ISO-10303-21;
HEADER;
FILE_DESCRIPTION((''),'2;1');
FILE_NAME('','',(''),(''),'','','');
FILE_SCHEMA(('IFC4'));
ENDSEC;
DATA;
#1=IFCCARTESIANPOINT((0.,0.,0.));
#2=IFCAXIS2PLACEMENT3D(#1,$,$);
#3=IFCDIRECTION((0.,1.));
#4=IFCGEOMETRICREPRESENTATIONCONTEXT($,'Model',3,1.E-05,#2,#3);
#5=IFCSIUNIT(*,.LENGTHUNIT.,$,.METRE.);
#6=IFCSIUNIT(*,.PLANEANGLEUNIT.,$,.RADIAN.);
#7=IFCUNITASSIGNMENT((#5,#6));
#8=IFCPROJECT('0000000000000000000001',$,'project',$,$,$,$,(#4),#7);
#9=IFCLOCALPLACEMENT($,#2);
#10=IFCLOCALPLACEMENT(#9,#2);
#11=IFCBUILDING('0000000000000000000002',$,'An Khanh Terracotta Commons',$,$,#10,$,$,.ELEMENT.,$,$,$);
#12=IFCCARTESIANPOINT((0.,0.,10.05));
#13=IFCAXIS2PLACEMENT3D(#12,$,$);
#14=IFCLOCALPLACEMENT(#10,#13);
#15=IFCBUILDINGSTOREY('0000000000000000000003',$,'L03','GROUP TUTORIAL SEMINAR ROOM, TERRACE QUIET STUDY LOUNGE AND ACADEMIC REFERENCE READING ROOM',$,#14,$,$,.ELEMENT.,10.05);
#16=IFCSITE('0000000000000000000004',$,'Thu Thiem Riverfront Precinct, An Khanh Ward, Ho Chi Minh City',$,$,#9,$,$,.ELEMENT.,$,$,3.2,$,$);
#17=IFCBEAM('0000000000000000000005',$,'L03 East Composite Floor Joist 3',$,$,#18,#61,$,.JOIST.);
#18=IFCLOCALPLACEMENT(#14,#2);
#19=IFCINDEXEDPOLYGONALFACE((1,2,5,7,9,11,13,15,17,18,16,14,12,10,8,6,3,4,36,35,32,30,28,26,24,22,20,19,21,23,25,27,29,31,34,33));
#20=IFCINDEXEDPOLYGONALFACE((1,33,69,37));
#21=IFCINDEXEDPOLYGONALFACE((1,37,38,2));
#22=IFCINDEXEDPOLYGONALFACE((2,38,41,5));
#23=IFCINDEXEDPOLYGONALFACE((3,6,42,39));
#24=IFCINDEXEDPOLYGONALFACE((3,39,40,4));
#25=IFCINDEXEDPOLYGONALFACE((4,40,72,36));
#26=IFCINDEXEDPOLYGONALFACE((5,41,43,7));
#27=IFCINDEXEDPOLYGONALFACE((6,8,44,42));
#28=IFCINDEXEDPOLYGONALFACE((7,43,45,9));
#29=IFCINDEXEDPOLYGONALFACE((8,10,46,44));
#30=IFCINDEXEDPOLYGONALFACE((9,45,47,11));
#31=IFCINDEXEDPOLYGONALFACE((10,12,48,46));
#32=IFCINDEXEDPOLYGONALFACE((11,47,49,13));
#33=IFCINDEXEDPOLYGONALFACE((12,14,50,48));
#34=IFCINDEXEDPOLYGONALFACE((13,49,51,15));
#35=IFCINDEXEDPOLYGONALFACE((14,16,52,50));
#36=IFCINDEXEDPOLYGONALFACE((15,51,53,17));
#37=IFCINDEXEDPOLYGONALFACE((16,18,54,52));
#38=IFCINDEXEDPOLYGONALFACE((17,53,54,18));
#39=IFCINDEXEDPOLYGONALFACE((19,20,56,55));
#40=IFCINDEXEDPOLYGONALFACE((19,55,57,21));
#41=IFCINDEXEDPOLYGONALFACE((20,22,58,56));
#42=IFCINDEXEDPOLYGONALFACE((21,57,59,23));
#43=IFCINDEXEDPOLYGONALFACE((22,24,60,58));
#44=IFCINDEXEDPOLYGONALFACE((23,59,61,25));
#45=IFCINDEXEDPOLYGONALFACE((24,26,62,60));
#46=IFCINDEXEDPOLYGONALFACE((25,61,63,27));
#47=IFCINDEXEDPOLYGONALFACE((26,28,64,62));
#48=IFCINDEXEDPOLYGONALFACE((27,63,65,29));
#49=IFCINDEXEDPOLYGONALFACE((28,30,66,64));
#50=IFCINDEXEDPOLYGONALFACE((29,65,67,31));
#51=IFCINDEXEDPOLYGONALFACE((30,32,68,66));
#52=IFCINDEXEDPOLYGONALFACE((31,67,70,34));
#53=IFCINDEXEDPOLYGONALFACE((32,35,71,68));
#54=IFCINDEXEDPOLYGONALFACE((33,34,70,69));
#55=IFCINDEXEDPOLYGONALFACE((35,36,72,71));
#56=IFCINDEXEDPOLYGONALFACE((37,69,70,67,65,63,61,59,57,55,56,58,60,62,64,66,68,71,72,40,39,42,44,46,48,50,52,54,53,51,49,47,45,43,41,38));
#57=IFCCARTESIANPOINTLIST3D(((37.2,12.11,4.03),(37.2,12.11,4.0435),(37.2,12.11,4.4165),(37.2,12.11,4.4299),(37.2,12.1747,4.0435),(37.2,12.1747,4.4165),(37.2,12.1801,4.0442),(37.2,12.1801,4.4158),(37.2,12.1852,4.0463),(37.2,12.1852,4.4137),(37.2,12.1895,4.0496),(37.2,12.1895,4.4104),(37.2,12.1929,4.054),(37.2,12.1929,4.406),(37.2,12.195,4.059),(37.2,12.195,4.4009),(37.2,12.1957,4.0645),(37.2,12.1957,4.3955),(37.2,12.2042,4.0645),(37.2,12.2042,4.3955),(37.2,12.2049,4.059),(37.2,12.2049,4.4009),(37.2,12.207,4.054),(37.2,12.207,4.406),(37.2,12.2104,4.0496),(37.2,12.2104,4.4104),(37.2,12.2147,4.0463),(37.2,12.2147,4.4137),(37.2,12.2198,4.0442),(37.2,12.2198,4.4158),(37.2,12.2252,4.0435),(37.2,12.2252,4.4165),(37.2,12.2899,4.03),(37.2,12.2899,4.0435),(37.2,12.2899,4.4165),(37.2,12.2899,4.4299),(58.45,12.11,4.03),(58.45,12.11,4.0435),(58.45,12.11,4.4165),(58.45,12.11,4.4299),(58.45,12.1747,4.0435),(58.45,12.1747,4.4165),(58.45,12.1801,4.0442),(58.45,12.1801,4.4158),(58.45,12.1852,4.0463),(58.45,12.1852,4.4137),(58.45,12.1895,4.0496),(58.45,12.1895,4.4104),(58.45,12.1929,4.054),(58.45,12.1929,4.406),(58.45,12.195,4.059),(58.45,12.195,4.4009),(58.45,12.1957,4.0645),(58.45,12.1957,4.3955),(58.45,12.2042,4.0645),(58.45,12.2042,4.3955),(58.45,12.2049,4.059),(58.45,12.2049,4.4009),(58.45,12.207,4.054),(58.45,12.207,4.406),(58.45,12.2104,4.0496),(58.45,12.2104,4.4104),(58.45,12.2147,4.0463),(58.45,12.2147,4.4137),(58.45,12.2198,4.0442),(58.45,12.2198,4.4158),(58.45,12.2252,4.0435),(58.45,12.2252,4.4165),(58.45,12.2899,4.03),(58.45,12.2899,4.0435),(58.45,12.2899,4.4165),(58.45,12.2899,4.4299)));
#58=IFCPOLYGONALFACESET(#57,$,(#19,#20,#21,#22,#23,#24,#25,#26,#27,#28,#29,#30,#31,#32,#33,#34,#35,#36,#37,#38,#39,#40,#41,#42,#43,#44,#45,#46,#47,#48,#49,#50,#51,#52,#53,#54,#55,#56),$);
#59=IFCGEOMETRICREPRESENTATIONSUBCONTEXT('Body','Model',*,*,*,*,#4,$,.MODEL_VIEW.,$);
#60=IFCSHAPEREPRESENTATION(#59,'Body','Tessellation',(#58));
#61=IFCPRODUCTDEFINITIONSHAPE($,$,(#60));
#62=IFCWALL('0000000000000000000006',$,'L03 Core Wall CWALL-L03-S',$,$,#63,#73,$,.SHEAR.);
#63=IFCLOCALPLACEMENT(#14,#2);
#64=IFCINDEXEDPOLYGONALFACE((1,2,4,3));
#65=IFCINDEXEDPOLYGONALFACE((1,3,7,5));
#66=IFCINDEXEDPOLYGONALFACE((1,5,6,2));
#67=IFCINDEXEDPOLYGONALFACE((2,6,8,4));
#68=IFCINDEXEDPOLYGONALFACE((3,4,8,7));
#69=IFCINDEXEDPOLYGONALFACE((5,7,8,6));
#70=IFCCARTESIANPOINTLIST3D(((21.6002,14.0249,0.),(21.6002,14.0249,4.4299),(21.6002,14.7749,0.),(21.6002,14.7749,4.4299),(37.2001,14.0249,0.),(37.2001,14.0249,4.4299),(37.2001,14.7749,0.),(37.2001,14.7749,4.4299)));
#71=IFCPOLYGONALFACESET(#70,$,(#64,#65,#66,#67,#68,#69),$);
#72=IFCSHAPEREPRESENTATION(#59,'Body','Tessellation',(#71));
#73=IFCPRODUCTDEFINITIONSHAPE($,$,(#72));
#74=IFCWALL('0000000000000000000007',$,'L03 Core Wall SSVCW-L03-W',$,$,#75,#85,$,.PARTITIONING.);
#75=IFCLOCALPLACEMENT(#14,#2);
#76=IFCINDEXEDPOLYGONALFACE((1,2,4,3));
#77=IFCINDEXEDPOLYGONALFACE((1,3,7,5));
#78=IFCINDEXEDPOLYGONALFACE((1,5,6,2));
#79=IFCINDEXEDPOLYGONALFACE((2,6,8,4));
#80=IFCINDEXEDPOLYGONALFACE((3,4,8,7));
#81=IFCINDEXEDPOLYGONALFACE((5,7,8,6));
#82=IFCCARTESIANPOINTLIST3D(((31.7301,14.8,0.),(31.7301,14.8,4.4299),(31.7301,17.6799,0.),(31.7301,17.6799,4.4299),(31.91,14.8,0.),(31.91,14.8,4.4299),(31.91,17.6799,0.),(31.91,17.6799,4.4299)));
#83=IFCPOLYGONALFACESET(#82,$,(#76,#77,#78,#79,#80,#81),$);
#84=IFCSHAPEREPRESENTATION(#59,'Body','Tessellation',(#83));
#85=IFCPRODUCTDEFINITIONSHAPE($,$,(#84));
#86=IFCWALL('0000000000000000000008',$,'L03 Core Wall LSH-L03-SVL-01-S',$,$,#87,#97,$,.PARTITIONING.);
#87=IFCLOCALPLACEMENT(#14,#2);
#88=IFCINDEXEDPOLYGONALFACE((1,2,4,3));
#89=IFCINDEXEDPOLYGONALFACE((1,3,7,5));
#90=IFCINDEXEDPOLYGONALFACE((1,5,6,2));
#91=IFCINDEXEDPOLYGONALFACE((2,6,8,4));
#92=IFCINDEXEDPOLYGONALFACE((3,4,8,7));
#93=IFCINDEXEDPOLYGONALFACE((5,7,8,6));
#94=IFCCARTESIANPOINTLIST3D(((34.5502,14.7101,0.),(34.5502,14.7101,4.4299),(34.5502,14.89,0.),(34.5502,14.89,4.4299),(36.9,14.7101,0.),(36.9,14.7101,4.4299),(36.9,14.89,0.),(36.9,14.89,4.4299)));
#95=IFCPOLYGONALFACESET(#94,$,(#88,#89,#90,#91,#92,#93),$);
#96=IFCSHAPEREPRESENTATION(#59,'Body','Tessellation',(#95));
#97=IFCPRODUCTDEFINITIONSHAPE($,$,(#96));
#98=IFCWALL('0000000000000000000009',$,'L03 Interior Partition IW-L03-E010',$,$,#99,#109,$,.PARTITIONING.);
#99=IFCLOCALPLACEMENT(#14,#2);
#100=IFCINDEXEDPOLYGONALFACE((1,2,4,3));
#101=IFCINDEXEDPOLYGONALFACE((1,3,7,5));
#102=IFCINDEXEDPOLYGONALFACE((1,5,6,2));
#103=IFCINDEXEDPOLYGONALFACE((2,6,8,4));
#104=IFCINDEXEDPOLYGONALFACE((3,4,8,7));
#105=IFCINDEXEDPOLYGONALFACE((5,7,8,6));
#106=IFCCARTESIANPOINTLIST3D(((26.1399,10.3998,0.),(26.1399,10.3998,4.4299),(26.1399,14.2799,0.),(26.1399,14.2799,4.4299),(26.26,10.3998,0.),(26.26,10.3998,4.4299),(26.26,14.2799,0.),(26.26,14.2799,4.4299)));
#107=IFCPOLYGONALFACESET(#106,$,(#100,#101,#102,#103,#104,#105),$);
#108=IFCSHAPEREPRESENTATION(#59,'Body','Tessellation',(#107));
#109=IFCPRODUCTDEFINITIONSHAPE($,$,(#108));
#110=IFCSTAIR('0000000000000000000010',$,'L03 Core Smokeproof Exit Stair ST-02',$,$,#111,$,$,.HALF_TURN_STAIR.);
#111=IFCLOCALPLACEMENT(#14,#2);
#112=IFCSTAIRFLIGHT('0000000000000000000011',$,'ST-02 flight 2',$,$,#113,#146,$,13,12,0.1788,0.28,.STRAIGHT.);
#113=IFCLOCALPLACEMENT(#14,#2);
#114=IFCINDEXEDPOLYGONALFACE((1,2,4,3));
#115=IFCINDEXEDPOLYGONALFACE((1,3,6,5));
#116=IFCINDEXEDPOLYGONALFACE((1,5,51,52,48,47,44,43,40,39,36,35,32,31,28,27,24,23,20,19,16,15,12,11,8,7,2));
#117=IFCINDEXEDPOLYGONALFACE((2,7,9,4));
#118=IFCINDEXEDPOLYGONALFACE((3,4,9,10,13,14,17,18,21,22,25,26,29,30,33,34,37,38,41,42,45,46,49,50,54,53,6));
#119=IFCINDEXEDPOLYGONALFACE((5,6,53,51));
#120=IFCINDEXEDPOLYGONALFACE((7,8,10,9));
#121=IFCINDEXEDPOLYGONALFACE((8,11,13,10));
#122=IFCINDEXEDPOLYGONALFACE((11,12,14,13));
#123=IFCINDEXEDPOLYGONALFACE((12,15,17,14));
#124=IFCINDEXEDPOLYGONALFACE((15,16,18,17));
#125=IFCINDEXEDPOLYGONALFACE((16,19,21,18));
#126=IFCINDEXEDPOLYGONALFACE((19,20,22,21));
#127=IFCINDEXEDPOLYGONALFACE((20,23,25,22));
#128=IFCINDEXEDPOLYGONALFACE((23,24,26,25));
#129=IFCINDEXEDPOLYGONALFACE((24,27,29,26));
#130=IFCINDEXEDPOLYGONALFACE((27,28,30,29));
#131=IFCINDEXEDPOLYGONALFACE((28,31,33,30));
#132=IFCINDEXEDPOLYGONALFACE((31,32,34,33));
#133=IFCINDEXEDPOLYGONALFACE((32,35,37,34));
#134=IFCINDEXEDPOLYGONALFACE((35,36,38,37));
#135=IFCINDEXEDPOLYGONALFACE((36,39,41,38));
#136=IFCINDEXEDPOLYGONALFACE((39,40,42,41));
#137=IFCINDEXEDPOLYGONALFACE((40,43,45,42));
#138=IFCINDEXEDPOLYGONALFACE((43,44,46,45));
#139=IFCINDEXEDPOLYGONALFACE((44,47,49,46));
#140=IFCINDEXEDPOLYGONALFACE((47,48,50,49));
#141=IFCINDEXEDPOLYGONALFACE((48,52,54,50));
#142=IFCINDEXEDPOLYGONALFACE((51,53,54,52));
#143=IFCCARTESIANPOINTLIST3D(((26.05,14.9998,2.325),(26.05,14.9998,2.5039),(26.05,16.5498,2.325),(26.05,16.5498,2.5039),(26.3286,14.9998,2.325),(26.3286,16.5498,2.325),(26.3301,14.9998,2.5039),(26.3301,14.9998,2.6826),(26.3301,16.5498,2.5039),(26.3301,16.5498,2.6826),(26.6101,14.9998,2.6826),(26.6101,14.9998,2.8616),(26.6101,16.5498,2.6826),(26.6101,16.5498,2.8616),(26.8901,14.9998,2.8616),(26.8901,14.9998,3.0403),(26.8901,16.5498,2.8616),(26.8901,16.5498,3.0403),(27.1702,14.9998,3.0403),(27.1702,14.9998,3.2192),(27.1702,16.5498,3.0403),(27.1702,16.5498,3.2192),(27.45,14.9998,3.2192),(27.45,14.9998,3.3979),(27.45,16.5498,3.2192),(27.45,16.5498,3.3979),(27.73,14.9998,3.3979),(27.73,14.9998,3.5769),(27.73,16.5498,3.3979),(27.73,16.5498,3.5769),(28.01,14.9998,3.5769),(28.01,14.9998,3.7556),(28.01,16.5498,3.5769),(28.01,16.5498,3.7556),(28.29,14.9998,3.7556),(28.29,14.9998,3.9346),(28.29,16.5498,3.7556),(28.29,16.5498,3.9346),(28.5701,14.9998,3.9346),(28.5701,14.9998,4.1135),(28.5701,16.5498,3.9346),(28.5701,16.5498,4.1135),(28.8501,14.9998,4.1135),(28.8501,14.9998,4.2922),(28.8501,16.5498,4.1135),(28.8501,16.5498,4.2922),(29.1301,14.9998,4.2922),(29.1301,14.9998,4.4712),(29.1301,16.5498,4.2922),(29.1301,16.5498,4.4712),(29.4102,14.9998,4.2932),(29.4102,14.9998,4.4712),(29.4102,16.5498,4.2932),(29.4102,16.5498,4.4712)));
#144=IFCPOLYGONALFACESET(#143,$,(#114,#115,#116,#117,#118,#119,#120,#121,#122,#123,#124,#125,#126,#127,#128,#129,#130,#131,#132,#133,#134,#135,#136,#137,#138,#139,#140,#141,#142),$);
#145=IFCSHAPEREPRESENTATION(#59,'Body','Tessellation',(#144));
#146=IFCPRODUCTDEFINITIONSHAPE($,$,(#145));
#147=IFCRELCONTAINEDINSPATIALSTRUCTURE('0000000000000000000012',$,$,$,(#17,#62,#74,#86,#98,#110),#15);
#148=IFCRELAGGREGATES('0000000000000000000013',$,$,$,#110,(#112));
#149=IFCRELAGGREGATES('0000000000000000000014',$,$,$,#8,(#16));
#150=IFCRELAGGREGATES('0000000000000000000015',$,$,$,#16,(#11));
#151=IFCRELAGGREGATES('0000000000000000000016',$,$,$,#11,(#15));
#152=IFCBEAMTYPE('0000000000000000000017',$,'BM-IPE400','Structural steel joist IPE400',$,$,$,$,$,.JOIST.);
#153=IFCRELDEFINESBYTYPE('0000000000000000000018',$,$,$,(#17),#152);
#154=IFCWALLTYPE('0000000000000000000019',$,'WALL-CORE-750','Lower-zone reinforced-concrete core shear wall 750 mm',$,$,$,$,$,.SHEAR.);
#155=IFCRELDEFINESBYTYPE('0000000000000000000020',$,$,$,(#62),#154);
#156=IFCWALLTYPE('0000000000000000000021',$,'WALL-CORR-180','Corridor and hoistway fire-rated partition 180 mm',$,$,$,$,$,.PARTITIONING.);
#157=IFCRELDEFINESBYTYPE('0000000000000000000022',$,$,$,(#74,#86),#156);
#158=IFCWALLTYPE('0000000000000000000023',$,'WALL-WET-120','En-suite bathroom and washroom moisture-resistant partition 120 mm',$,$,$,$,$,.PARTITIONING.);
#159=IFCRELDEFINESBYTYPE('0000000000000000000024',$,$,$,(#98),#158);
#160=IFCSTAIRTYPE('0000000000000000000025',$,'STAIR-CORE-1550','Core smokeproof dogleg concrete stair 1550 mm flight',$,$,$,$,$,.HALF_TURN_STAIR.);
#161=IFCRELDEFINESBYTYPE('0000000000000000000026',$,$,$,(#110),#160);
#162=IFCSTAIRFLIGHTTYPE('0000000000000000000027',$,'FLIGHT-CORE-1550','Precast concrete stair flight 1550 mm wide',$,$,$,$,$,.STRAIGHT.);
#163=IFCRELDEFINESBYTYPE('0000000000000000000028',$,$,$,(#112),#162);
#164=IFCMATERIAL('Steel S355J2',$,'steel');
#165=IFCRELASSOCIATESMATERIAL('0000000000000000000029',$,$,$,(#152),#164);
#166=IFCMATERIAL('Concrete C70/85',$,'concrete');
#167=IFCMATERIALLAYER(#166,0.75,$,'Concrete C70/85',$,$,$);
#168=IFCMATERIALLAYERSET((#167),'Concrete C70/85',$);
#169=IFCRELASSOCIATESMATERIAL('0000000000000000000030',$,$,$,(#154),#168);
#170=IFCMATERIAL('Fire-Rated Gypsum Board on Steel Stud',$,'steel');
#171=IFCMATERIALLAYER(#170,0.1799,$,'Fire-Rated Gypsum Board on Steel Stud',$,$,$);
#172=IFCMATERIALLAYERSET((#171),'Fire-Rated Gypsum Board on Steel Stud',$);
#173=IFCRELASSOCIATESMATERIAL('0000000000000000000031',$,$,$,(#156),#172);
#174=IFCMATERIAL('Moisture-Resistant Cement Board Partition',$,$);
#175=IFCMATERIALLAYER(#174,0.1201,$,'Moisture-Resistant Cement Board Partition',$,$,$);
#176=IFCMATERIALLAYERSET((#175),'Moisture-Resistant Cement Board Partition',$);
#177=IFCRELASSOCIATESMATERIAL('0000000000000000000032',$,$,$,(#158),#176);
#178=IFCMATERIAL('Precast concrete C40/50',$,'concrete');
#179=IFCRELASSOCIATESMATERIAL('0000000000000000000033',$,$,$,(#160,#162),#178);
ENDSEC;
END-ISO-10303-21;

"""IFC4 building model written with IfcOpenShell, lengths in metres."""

from ifc_helpers import new_model, si_unit, direction, frame, frame_2d, origin, origin_2d, place, context, subcontext, project, spatial, polyline, rectangle, i_section, outline, extrude, material, layer, layer_set, material_profile, profile_set, type_object, element, aggregate, save


model = new_model("IFC4")

# Units and contexts
model_context = context("Model", 3, precision=1e-05, world=origin(), true_north=direction((0.0, 1.0)))
body_context = subcontext(model_context, "Body", "Model", "MODEL_VIEW")
ifc_project = project(units=[si_unit("LENGTHUNIT", "METRE"), si_unit("PLANEANGLEUNIT", "RADIAN")], contexts=[model_context])

# Site, building, storey
site_placement = place(None, origin())
site = spatial("IfcSite", under=ifc_project, at=site_placement, Name="Thu Thiem Riverfront Precinct, An Khanh Ward, Ho Chi Minh City", CompositionType="ELEMENT", RefElevation=3.2)
building_placement = place(site_placement, origin())
building = spatial("IfcBuilding", under=site, at=building_placement, Name="An Khanh Terracotta Commons", CompositionType="ELEMENT")
storey_placement = place(building_placement, frame((0.0, 0.0, 10.05)))
storey = spatial("IfcBuildingStorey", under=building, at=storey_placement, Name="L03", Description="GROUP TUTORIAL SEMINAR ROOM, TERRACE QUIET STUDY LOUNGE AND ACADEMIC REFERENCE READING ROOM", CompositionType="ELEMENT", Elevation=10.05)

# Shared definitions
ifc_material_1 = material(Name="Concrete C70/85", Category="concrete")

# Beam
ifc_material_2 = material(Name="Steel S355J2", Category="steel")
ifc_material_profile_1 = material_profile(ifc_material_2, i_section(OverallWidth=0.1799, OverallDepth=0.3999, WebThickness=0.0085, FlangeThickness=0.0134, FilletRadius=0.021, at=origin_2d()), Name="IPE400")
ifc_profile_set_1 = profile_set([ifc_material_profile_1], Name="Steel S355J2")
beam_type_1 = type_object("IfcBeamType", Name="BM-IPE400", Description="Structural steel joist IPE400", PredefinedType="JOIST", material=ifc_profile_set_1)
for number, where, z_axis, x_axis, name in (
    (1, (37.2, 12.2, 4.23), (1.0, 0.0, 0.0), (0.0, 1.0, 0.0), "L03 East Composite Floor Joist 3"),
):
    element("IfcBeam", number, at=place(storey_placement, frame(where, z_axis=z_axis, x_axis=x_axis)), inside=storey, type_object=beam_type_1, Name=name, PredefinedType="JOIST", context=body_context, shape_type="SweptSolid", body=[
        extrude(i_section(OverallWidth=0.1799, OverallDepth=0.3999, WebThickness=0.0085, FlangeThickness=0.0134, FilletRadius=0.021, at=origin_2d()), origin(), (0.0, 0.0, 1.0), 21.25),
    ])

# Wall
ifc_layer_1 = layer(ifc_material_1, 0.75, Name="Concrete C70/85")
ifc_layer_set_1 = layer_set([ifc_layer_1], Name="Concrete C70/85")
wall_type_1 = type_object("IfcWallType", Name="WALL-CORE-750", Description="Lower-zone reinforced-concrete core shear wall 750 mm", PredefinedType="SHEAR", material=ifc_layer_set_1)
wall_1_placement = place(storey_placement, frame((37.2, 14.3999, 0.0), z_axis=(0.0, 0.0, 1.0), x_axis=(-1.0, 0.0, 0.0)))
element("IfcWall", 2, at=wall_1_placement, inside=storey, type_object=wall_type_1, Name="L03 Core Wall CWALL-L03-S", PredefinedType="SHEAR", context=body_context, shape_type="SweptSolid", body=[
    extrude(rectangle(XDim=15.5999, YDim=0.75, at=frame_2d((7.7998, 0.0))), origin(), (0.0, 0.0, 1.0), 4.4299),
])

# Walls
ifc_material_3 = material(Name="Fire-Rated Gypsum Board on Steel Stud", Category="steel")
ifc_layer_2 = layer(ifc_material_3, 0.1799, Name="Fire-Rated Gypsum Board on Steel Stud")
ifc_layer_set_2 = layer_set([ifc_layer_2], Name="Fire-Rated Gypsum Board on Steel Stud")
wall_type_2 = type_object("IfcWallType", Name="WALL-CORR-180", Description="Corridor and hoistway fire-rated partition 180 mm", PredefinedType="PARTITIONING", material=ifc_layer_set_2)
wall_2_placement = place(storey_placement, frame((31.8201, 14.8, 0.0), z_axis=(0.0, 0.0, 1.0), x_axis=(0.0, 1.0, 0.0)))
element("IfcWall", 3, at=wall_2_placement, inside=storey, type_object=wall_type_2, Name="L03 Core Wall SSVCW-L03-W", PredefinedType="PARTITIONING", context=body_context, shape_type="SweptSolid", body=[
    extrude(rectangle(XDim=2.8799, YDim=0.1799, at=frame_2d((1.4399, 0.0))), origin(), (0.0, 0.0, 1.0), 4.4299),
])
wall_3_placement = place(storey_placement, frame((36.8999, 14.8, 0.0), z_axis=(0.0, 0.0, 1.0), x_axis=(-1.0, 0.0, 0.0)))
element("IfcWall", 4, at=wall_3_placement, inside=storey, type_object=wall_type_2, Name="L03 Core Wall LSH-L03-SVL-01-S", PredefinedType="PARTITIONING", context=body_context, shape_type="SweptSolid", body=[
    extrude(rectangle(XDim=2.3499, YDim=0.1799, at=frame_2d((1.1748, 0.0))), origin(), (0.0, 0.0, 1.0), 4.4299),
])

# Wall
ifc_material_4 = material(Name="Moisture-Resistant Cement Board Partition")
ifc_layer_3 = layer(ifc_material_4, 0.1201, Name="Moisture-Resistant Cement Board Partition")
ifc_layer_set_3 = layer_set([ifc_layer_3], Name="Moisture-Resistant Cement Board Partition")
wall_type_3 = type_object("IfcWallType", Name="WALL-WET-120", Description="En-suite bathroom and washroom moisture-resistant partition 120 mm", PredefinedType="PARTITIONING", material=ifc_layer_set_3)
wall_4_placement = place(storey_placement, frame((26.2, 10.3999, 0.0), z_axis=(0.0, 0.0, 1.0), x_axis=(0.0, 1.0, 0.0)))
element("IfcWall", 5, at=wall_4_placement, inside=storey, type_object=wall_type_3, Name="L03 Interior Partition IW-L03-E010", PredefinedType="PARTITIONING", context=body_context, shape_type="SweptSolid", body=[
    extrude(rectangle(XDim=3.8801, YDim=0.1201, at=frame_2d((1.9399, 0.0))), origin(), (0.0, 0.0, 1.0), 4.4299),
])

# Stair, stair flight
ifc_material_5 = material(Name="Precast concrete C40/50", Category="concrete")
stair_type = type_object("IfcStairType", Name="STAIR-CORE-1550", Description="Core smokeproof dogleg concrete stair 1550 mm flight", PredefinedType="HALF_TURN_STAIR", material=ifc_material_5)
stair_placement = place(storey_placement, origin())
stair = element("IfcStair", 6, at=stair_placement, inside=storey, type_object=stair_type, Name="L03 Core Smokeproof Exit Stair ST-02", PredefinedType="HALF_TURN_STAIR")
stair_flight_type = type_object("IfcStairFlightType", Name="FLIGHT-CORE-1550", Description="Precast concrete stair flight 1550 mm wide", PredefinedType="STRAIGHT", material=ifc_material_5)
stair_flight_placement = place(storey_placement, frame((26.05, 15.7749, 2.325), z_axis=(0.0, 0.0, 1.0), x_axis=(1.0, 0.0, 0.0)))
stair_flight = element("IfcStairFlight", 7, at=stair_flight_placement, type_object=stair_flight_type, Name="ST-02 flight 2", NumberOfRisers=13, NumberOfTreads=12, PredefinedType="STRAIGHT", RiserHeight=0.1788, TreadLength=0.28, context=body_context, shape_type="SweptSolid", body=[
    extrude(outline(polyline([(0.0, 0.0), (0.0, 0.179), (0.28, 0.179), (0.28, 0.3577), (0.5601, 0.3577), (0.5601, 0.5366), (0.8401, 0.5366), (0.8401, 0.7153), (1.1201, 0.7153), (1.1201, 0.8943), (1.3999, 0.8943), (1.3999, 1.073), (1.6799, 1.073), (1.6799, 1.252), (1.96, 1.252), (1.96, 1.4307), (2.24, 1.4307), (2.24, 1.6096), (2.52, 1.6096), (2.52, 1.7886), (2.8, 1.7886), (2.8, 1.9673), (3.0801, 1.9673), (3.0801, 2.1462), (3.3601, 2.1462), (3.3601, 2.325), (3.3601, 1.9683), (0.2786, 0.0), (0.0, 0.0)])), frame((0.0, 0.7749, 0.0), z_axis=(0.0, -1.0, 0.0), x_axis=(1.0, 0.0, 0.0)), (0.0, 0.0, 1.0), 1.55),
])
aggregate(stair, [stair_flight])

save(model, "model.ifc")
